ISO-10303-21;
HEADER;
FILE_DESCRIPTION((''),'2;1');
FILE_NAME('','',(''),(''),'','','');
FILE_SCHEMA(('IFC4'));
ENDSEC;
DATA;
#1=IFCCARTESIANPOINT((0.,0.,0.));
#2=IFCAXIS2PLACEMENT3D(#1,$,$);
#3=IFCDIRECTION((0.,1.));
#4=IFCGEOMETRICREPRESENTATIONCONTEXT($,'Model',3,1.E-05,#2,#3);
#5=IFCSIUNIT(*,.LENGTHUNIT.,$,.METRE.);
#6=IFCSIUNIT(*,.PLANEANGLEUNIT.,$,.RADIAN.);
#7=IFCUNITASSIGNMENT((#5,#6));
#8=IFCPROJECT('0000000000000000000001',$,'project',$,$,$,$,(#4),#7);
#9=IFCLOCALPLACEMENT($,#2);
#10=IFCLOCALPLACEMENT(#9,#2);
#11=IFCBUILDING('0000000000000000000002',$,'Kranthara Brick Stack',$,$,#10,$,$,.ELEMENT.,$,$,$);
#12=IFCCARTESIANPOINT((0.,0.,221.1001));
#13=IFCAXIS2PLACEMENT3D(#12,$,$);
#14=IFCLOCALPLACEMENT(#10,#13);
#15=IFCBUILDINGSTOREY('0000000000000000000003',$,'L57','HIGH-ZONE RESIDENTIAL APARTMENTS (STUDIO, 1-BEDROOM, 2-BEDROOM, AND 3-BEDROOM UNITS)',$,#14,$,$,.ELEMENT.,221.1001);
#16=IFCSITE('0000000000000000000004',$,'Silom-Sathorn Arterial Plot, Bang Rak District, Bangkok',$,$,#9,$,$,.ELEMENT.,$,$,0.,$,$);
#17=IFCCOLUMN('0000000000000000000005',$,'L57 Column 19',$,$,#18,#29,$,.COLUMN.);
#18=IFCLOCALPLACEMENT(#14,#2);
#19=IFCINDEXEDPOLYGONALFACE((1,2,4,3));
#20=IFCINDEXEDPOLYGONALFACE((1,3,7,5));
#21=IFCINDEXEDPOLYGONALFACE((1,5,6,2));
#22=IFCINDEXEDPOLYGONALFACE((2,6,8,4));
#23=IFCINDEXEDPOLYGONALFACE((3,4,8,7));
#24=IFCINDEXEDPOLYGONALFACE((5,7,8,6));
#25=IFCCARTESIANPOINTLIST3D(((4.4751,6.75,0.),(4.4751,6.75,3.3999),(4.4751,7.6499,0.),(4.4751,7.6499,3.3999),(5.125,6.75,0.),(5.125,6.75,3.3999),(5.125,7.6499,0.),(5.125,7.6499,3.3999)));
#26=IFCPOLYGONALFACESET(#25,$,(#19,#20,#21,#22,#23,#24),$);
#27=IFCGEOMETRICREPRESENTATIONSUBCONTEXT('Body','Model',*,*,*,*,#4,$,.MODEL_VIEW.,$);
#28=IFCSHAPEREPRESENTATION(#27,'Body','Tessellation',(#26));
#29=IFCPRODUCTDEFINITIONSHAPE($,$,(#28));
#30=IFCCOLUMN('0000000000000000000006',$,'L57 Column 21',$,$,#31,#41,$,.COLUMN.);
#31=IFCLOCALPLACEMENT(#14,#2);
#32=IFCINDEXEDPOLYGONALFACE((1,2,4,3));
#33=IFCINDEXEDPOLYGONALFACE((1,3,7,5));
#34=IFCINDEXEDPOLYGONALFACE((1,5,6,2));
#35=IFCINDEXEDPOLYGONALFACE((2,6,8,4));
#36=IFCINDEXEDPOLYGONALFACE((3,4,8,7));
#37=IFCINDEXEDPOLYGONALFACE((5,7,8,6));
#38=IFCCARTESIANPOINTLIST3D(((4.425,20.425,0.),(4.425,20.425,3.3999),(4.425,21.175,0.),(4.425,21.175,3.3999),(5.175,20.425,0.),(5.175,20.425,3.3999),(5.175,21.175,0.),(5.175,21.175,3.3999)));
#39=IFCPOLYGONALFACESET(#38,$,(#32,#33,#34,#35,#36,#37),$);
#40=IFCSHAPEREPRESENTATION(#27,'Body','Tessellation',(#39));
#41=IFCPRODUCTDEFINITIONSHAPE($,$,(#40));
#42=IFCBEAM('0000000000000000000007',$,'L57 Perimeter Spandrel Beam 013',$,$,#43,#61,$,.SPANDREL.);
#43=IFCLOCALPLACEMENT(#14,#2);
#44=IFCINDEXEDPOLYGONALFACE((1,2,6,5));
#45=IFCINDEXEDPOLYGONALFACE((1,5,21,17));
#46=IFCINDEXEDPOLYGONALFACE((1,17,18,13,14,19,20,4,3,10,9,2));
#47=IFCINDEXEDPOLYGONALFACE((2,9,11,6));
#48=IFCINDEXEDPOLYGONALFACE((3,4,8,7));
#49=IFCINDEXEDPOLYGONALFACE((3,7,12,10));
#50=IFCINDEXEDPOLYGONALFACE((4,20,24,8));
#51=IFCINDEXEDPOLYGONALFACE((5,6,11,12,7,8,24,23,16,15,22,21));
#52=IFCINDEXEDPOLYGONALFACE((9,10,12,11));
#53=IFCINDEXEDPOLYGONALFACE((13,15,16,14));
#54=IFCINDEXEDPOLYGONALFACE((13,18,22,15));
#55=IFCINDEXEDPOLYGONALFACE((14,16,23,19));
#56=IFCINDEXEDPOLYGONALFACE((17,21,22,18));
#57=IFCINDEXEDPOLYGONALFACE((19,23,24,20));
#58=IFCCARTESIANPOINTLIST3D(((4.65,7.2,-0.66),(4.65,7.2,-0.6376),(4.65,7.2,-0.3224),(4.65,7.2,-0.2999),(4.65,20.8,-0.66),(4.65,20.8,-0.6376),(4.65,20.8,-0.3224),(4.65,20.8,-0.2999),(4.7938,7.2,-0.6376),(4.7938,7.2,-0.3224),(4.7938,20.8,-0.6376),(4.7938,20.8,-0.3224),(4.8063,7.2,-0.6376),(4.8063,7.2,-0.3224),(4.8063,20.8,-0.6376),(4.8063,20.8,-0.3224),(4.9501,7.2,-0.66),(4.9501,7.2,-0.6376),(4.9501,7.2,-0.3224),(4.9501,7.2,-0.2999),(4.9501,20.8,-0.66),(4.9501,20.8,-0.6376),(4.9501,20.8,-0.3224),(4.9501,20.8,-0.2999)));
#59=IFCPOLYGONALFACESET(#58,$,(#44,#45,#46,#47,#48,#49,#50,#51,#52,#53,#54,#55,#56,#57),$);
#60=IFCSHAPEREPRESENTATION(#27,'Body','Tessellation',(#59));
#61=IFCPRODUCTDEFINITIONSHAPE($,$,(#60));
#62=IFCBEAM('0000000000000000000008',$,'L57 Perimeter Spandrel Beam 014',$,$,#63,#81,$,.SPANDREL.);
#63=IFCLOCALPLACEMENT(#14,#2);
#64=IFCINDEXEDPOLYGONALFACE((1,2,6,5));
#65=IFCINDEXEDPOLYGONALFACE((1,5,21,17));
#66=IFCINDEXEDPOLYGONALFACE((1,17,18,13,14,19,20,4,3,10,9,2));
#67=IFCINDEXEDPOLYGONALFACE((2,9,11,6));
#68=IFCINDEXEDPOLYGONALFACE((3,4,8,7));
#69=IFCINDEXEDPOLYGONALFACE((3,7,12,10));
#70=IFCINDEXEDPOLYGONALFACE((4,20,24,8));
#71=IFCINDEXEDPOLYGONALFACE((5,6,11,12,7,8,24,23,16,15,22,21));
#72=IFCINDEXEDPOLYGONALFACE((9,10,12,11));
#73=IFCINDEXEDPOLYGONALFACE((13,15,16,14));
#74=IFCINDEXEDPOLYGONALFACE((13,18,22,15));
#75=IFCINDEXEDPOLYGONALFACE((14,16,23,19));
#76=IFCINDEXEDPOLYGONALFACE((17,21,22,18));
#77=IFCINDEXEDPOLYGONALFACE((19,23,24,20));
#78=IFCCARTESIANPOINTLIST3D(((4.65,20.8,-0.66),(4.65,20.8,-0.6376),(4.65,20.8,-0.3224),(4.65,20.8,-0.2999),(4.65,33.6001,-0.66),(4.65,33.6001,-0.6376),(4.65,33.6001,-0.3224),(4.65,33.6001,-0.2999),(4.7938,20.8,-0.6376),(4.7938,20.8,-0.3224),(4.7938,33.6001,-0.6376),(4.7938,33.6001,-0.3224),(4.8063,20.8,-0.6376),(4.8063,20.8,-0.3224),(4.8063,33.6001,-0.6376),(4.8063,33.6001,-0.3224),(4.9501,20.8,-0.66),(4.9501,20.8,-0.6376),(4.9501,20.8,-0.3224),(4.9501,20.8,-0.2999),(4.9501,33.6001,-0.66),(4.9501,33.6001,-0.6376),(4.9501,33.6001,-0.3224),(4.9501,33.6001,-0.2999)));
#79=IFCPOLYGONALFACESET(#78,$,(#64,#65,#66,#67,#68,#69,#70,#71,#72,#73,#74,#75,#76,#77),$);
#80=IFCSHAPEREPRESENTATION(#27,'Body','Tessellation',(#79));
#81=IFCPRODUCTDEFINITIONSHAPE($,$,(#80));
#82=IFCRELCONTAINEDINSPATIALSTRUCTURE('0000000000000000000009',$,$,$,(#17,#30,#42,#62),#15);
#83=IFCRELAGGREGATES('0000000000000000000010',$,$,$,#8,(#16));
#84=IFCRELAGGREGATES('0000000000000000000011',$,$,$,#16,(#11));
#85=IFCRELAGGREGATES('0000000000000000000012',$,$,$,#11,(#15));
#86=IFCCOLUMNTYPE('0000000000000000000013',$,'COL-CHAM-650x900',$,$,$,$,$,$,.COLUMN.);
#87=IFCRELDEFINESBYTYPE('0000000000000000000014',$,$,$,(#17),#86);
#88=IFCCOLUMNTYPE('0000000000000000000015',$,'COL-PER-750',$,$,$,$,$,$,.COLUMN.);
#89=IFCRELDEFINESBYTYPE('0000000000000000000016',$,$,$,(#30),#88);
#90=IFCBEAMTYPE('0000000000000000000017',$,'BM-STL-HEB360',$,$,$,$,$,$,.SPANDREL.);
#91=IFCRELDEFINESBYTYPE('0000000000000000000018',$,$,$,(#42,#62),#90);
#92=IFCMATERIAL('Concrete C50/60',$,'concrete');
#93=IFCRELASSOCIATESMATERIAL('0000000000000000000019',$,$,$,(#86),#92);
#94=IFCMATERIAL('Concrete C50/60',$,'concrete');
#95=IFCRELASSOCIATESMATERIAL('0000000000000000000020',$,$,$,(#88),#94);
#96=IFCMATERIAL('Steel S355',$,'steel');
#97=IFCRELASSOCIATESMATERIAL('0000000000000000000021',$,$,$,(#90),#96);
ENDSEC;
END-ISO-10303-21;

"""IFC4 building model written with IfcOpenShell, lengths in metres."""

from ifc_helpers import new_model, si_unit, direction, frame, origin, origin_2d, place, context, subcontext, project, spatial, rectangle, i_section, extrude, material, material_profile, profile_set, type_object, element, save


model = new_model("IFC4")

# Units and contexts
model_context = context("Model", 3, precision=1e-05, world=origin(), true_north=direction((0.0, 1.0)))
body_context = subcontext(model_context, "Body", "Model", "MODEL_VIEW")
ifc_project = project(units=[si_unit("LENGTHUNIT", "METRE"), si_unit("PLANEANGLEUNIT", "RADIAN")], contexts=[model_context])

# Site, building, storey
site_placement = place(None, origin())
site = spatial("IfcSite", under=ifc_project, at=site_placement, Name="Silom-Sathorn Arterial Plot, Bang Rak District, Bangkok", CompositionType="ELEMENT", RefElevation=0.0)
building_placement = place(site_placement, origin())
building = spatial("IfcBuilding", under=site, at=building_placement, Name="Kranthara Brick Stack", CompositionType="ELEMENT")
storey_placement = place(building_placement, frame((0.0, 0.0, 221.1001)))
storey = spatial("IfcBuildingStorey", under=building, at=storey_placement, Name="L57", Description="HIGH-ZONE RESIDENTIAL APARTMENTS (STUDIO, 1-BEDROOM, 2-BEDROOM, AND 3-BEDROOM UNITS)", CompositionType="ELEMENT", Elevation=221.1001)

# Columns
ifc_material_1 = material(Name="Concrete C50/60", Category="concrete")
ifc_material_profile_1 = material_profile(ifc_material_1, rectangle(XDim=0.6499, YDim=0.8999, at=origin_2d()), Name="RC 650x900")
ifc_profile_set_1 = profile_set([ifc_material_profile_1], Name="Concrete C50/60")
column_type_1 = type_object("IfcColumnType", Name="COL-CHAM-650x900", PredefinedType="COLUMN", material=ifc_profile_set_1)
column_1_placement = place(storey_placement, frame((4.8, 7.2, 0.0), z_axis=(0.0, 0.0, 1.0), x_axis=(1.0, 0.0, 0.0)))
element("IfcColumn", 1, at=column_1_placement, inside=storey, type_object=column_type_1, Name="L57 Column 19", PredefinedType="COLUMN", context=body_context, shape_type="SweptSolid", body=[
    extrude(rectangle(XDim=0.6499, YDim=0.8999, at=origin_2d()), origin(), (0.0, 0.0, 1.0), 3.3999),
])
ifc_material_2 = material(Name="Concrete C50/60", Category="concrete")
ifc_material_profile_2 = material_profile(ifc_material_2, rectangle(XDim=0.75, YDim=0.75, at=origin_2d()), Name="RC 750x750")
ifc_profile_set_2 = profile_set([ifc_material_profile_2], Name="Concrete C50/60")
column_type_2 = type_object("IfcColumnType", Name="COL-PER-750", PredefinedType="COLUMN", material=ifc_profile_set_2)
column_2_placement = place(storey_placement, frame((4.8, 20.8, 0.0), z_axis=(0.0, 0.0, 1.0), x_axis=(1.0, 0.0, 0.0)))
element("IfcColumn", 2, at=column_2_placement, inside=storey, type_object=column_type_2, Name="L57 Column 21", PredefinedType="COLUMN", context=body_context, shape_type="SweptSolid", body=[
    extrude(rectangle(XDim=0.75, YDim=0.75, at=origin_2d()), origin(), (0.0, 0.0, 1.0), 3.3999),
])

# Beams
ifc_material_3 = material(Name="Steel S355", Category="steel")
ifc_material_profile_3 = material_profile(ifc_material_3, i_section(OverallWidth=0.3, OverallDepth=0.3601, WebThickness=0.0125, FlangeThickness=0.0225, at=origin_2d()), Name="HEB 360")
ifc_profile_set_3 = profile_set([ifc_material_profile_3], Name="Steel S355")
beam_type = type_object("IfcBeamType", Name="BM-STL-HEB360", PredefinedType="SPANDREL", material=ifc_profile_set_3)
beam_1_placement = place(storey_placement, frame((4.8, 7.2, -0.48), z_axis=(0.0, 1.0, 0.0), x_axis=(-1.0, 0.0, 0.0)))
element("IfcBeam", 3, at=beam_1_placement, inside=storey, type_object=beam_type, Name="L57 Perimeter Spandrel Beam 013", PredefinedType="SPANDREL", context=body_context, shape_type="SweptSolid", body=[
    extrude(i_section(OverallWidth=0.3, OverallDepth=0.3601, WebThickness=0.0125, FlangeThickness=0.0225, at=origin_2d()), origin(), (0.0, 0.0, 1.0), 13.6001),
])
beam_2_placement = place(storey_placement, frame((4.8, 20.8, -0.48), z_axis=(0.0, 1.0, 0.0), x_axis=(-1.0, 0.0, 0.0)))
element("IfcBeam", 4, at=beam_2_placement, inside=storey, type_object=beam_type, Name="L57 Perimeter Spandrel Beam 014", PredefinedType="SPANDREL", context=body_context, shape_type="SweptSolid", body=[
    extrude(i_section(OverallWidth=0.3, OverallDepth=0.3601, WebThickness=0.0125, FlangeThickness=0.0225, at=origin_2d()), origin(), (0.0, 0.0, 1.0), 12.8),
])

save(model, "model.ifc")
